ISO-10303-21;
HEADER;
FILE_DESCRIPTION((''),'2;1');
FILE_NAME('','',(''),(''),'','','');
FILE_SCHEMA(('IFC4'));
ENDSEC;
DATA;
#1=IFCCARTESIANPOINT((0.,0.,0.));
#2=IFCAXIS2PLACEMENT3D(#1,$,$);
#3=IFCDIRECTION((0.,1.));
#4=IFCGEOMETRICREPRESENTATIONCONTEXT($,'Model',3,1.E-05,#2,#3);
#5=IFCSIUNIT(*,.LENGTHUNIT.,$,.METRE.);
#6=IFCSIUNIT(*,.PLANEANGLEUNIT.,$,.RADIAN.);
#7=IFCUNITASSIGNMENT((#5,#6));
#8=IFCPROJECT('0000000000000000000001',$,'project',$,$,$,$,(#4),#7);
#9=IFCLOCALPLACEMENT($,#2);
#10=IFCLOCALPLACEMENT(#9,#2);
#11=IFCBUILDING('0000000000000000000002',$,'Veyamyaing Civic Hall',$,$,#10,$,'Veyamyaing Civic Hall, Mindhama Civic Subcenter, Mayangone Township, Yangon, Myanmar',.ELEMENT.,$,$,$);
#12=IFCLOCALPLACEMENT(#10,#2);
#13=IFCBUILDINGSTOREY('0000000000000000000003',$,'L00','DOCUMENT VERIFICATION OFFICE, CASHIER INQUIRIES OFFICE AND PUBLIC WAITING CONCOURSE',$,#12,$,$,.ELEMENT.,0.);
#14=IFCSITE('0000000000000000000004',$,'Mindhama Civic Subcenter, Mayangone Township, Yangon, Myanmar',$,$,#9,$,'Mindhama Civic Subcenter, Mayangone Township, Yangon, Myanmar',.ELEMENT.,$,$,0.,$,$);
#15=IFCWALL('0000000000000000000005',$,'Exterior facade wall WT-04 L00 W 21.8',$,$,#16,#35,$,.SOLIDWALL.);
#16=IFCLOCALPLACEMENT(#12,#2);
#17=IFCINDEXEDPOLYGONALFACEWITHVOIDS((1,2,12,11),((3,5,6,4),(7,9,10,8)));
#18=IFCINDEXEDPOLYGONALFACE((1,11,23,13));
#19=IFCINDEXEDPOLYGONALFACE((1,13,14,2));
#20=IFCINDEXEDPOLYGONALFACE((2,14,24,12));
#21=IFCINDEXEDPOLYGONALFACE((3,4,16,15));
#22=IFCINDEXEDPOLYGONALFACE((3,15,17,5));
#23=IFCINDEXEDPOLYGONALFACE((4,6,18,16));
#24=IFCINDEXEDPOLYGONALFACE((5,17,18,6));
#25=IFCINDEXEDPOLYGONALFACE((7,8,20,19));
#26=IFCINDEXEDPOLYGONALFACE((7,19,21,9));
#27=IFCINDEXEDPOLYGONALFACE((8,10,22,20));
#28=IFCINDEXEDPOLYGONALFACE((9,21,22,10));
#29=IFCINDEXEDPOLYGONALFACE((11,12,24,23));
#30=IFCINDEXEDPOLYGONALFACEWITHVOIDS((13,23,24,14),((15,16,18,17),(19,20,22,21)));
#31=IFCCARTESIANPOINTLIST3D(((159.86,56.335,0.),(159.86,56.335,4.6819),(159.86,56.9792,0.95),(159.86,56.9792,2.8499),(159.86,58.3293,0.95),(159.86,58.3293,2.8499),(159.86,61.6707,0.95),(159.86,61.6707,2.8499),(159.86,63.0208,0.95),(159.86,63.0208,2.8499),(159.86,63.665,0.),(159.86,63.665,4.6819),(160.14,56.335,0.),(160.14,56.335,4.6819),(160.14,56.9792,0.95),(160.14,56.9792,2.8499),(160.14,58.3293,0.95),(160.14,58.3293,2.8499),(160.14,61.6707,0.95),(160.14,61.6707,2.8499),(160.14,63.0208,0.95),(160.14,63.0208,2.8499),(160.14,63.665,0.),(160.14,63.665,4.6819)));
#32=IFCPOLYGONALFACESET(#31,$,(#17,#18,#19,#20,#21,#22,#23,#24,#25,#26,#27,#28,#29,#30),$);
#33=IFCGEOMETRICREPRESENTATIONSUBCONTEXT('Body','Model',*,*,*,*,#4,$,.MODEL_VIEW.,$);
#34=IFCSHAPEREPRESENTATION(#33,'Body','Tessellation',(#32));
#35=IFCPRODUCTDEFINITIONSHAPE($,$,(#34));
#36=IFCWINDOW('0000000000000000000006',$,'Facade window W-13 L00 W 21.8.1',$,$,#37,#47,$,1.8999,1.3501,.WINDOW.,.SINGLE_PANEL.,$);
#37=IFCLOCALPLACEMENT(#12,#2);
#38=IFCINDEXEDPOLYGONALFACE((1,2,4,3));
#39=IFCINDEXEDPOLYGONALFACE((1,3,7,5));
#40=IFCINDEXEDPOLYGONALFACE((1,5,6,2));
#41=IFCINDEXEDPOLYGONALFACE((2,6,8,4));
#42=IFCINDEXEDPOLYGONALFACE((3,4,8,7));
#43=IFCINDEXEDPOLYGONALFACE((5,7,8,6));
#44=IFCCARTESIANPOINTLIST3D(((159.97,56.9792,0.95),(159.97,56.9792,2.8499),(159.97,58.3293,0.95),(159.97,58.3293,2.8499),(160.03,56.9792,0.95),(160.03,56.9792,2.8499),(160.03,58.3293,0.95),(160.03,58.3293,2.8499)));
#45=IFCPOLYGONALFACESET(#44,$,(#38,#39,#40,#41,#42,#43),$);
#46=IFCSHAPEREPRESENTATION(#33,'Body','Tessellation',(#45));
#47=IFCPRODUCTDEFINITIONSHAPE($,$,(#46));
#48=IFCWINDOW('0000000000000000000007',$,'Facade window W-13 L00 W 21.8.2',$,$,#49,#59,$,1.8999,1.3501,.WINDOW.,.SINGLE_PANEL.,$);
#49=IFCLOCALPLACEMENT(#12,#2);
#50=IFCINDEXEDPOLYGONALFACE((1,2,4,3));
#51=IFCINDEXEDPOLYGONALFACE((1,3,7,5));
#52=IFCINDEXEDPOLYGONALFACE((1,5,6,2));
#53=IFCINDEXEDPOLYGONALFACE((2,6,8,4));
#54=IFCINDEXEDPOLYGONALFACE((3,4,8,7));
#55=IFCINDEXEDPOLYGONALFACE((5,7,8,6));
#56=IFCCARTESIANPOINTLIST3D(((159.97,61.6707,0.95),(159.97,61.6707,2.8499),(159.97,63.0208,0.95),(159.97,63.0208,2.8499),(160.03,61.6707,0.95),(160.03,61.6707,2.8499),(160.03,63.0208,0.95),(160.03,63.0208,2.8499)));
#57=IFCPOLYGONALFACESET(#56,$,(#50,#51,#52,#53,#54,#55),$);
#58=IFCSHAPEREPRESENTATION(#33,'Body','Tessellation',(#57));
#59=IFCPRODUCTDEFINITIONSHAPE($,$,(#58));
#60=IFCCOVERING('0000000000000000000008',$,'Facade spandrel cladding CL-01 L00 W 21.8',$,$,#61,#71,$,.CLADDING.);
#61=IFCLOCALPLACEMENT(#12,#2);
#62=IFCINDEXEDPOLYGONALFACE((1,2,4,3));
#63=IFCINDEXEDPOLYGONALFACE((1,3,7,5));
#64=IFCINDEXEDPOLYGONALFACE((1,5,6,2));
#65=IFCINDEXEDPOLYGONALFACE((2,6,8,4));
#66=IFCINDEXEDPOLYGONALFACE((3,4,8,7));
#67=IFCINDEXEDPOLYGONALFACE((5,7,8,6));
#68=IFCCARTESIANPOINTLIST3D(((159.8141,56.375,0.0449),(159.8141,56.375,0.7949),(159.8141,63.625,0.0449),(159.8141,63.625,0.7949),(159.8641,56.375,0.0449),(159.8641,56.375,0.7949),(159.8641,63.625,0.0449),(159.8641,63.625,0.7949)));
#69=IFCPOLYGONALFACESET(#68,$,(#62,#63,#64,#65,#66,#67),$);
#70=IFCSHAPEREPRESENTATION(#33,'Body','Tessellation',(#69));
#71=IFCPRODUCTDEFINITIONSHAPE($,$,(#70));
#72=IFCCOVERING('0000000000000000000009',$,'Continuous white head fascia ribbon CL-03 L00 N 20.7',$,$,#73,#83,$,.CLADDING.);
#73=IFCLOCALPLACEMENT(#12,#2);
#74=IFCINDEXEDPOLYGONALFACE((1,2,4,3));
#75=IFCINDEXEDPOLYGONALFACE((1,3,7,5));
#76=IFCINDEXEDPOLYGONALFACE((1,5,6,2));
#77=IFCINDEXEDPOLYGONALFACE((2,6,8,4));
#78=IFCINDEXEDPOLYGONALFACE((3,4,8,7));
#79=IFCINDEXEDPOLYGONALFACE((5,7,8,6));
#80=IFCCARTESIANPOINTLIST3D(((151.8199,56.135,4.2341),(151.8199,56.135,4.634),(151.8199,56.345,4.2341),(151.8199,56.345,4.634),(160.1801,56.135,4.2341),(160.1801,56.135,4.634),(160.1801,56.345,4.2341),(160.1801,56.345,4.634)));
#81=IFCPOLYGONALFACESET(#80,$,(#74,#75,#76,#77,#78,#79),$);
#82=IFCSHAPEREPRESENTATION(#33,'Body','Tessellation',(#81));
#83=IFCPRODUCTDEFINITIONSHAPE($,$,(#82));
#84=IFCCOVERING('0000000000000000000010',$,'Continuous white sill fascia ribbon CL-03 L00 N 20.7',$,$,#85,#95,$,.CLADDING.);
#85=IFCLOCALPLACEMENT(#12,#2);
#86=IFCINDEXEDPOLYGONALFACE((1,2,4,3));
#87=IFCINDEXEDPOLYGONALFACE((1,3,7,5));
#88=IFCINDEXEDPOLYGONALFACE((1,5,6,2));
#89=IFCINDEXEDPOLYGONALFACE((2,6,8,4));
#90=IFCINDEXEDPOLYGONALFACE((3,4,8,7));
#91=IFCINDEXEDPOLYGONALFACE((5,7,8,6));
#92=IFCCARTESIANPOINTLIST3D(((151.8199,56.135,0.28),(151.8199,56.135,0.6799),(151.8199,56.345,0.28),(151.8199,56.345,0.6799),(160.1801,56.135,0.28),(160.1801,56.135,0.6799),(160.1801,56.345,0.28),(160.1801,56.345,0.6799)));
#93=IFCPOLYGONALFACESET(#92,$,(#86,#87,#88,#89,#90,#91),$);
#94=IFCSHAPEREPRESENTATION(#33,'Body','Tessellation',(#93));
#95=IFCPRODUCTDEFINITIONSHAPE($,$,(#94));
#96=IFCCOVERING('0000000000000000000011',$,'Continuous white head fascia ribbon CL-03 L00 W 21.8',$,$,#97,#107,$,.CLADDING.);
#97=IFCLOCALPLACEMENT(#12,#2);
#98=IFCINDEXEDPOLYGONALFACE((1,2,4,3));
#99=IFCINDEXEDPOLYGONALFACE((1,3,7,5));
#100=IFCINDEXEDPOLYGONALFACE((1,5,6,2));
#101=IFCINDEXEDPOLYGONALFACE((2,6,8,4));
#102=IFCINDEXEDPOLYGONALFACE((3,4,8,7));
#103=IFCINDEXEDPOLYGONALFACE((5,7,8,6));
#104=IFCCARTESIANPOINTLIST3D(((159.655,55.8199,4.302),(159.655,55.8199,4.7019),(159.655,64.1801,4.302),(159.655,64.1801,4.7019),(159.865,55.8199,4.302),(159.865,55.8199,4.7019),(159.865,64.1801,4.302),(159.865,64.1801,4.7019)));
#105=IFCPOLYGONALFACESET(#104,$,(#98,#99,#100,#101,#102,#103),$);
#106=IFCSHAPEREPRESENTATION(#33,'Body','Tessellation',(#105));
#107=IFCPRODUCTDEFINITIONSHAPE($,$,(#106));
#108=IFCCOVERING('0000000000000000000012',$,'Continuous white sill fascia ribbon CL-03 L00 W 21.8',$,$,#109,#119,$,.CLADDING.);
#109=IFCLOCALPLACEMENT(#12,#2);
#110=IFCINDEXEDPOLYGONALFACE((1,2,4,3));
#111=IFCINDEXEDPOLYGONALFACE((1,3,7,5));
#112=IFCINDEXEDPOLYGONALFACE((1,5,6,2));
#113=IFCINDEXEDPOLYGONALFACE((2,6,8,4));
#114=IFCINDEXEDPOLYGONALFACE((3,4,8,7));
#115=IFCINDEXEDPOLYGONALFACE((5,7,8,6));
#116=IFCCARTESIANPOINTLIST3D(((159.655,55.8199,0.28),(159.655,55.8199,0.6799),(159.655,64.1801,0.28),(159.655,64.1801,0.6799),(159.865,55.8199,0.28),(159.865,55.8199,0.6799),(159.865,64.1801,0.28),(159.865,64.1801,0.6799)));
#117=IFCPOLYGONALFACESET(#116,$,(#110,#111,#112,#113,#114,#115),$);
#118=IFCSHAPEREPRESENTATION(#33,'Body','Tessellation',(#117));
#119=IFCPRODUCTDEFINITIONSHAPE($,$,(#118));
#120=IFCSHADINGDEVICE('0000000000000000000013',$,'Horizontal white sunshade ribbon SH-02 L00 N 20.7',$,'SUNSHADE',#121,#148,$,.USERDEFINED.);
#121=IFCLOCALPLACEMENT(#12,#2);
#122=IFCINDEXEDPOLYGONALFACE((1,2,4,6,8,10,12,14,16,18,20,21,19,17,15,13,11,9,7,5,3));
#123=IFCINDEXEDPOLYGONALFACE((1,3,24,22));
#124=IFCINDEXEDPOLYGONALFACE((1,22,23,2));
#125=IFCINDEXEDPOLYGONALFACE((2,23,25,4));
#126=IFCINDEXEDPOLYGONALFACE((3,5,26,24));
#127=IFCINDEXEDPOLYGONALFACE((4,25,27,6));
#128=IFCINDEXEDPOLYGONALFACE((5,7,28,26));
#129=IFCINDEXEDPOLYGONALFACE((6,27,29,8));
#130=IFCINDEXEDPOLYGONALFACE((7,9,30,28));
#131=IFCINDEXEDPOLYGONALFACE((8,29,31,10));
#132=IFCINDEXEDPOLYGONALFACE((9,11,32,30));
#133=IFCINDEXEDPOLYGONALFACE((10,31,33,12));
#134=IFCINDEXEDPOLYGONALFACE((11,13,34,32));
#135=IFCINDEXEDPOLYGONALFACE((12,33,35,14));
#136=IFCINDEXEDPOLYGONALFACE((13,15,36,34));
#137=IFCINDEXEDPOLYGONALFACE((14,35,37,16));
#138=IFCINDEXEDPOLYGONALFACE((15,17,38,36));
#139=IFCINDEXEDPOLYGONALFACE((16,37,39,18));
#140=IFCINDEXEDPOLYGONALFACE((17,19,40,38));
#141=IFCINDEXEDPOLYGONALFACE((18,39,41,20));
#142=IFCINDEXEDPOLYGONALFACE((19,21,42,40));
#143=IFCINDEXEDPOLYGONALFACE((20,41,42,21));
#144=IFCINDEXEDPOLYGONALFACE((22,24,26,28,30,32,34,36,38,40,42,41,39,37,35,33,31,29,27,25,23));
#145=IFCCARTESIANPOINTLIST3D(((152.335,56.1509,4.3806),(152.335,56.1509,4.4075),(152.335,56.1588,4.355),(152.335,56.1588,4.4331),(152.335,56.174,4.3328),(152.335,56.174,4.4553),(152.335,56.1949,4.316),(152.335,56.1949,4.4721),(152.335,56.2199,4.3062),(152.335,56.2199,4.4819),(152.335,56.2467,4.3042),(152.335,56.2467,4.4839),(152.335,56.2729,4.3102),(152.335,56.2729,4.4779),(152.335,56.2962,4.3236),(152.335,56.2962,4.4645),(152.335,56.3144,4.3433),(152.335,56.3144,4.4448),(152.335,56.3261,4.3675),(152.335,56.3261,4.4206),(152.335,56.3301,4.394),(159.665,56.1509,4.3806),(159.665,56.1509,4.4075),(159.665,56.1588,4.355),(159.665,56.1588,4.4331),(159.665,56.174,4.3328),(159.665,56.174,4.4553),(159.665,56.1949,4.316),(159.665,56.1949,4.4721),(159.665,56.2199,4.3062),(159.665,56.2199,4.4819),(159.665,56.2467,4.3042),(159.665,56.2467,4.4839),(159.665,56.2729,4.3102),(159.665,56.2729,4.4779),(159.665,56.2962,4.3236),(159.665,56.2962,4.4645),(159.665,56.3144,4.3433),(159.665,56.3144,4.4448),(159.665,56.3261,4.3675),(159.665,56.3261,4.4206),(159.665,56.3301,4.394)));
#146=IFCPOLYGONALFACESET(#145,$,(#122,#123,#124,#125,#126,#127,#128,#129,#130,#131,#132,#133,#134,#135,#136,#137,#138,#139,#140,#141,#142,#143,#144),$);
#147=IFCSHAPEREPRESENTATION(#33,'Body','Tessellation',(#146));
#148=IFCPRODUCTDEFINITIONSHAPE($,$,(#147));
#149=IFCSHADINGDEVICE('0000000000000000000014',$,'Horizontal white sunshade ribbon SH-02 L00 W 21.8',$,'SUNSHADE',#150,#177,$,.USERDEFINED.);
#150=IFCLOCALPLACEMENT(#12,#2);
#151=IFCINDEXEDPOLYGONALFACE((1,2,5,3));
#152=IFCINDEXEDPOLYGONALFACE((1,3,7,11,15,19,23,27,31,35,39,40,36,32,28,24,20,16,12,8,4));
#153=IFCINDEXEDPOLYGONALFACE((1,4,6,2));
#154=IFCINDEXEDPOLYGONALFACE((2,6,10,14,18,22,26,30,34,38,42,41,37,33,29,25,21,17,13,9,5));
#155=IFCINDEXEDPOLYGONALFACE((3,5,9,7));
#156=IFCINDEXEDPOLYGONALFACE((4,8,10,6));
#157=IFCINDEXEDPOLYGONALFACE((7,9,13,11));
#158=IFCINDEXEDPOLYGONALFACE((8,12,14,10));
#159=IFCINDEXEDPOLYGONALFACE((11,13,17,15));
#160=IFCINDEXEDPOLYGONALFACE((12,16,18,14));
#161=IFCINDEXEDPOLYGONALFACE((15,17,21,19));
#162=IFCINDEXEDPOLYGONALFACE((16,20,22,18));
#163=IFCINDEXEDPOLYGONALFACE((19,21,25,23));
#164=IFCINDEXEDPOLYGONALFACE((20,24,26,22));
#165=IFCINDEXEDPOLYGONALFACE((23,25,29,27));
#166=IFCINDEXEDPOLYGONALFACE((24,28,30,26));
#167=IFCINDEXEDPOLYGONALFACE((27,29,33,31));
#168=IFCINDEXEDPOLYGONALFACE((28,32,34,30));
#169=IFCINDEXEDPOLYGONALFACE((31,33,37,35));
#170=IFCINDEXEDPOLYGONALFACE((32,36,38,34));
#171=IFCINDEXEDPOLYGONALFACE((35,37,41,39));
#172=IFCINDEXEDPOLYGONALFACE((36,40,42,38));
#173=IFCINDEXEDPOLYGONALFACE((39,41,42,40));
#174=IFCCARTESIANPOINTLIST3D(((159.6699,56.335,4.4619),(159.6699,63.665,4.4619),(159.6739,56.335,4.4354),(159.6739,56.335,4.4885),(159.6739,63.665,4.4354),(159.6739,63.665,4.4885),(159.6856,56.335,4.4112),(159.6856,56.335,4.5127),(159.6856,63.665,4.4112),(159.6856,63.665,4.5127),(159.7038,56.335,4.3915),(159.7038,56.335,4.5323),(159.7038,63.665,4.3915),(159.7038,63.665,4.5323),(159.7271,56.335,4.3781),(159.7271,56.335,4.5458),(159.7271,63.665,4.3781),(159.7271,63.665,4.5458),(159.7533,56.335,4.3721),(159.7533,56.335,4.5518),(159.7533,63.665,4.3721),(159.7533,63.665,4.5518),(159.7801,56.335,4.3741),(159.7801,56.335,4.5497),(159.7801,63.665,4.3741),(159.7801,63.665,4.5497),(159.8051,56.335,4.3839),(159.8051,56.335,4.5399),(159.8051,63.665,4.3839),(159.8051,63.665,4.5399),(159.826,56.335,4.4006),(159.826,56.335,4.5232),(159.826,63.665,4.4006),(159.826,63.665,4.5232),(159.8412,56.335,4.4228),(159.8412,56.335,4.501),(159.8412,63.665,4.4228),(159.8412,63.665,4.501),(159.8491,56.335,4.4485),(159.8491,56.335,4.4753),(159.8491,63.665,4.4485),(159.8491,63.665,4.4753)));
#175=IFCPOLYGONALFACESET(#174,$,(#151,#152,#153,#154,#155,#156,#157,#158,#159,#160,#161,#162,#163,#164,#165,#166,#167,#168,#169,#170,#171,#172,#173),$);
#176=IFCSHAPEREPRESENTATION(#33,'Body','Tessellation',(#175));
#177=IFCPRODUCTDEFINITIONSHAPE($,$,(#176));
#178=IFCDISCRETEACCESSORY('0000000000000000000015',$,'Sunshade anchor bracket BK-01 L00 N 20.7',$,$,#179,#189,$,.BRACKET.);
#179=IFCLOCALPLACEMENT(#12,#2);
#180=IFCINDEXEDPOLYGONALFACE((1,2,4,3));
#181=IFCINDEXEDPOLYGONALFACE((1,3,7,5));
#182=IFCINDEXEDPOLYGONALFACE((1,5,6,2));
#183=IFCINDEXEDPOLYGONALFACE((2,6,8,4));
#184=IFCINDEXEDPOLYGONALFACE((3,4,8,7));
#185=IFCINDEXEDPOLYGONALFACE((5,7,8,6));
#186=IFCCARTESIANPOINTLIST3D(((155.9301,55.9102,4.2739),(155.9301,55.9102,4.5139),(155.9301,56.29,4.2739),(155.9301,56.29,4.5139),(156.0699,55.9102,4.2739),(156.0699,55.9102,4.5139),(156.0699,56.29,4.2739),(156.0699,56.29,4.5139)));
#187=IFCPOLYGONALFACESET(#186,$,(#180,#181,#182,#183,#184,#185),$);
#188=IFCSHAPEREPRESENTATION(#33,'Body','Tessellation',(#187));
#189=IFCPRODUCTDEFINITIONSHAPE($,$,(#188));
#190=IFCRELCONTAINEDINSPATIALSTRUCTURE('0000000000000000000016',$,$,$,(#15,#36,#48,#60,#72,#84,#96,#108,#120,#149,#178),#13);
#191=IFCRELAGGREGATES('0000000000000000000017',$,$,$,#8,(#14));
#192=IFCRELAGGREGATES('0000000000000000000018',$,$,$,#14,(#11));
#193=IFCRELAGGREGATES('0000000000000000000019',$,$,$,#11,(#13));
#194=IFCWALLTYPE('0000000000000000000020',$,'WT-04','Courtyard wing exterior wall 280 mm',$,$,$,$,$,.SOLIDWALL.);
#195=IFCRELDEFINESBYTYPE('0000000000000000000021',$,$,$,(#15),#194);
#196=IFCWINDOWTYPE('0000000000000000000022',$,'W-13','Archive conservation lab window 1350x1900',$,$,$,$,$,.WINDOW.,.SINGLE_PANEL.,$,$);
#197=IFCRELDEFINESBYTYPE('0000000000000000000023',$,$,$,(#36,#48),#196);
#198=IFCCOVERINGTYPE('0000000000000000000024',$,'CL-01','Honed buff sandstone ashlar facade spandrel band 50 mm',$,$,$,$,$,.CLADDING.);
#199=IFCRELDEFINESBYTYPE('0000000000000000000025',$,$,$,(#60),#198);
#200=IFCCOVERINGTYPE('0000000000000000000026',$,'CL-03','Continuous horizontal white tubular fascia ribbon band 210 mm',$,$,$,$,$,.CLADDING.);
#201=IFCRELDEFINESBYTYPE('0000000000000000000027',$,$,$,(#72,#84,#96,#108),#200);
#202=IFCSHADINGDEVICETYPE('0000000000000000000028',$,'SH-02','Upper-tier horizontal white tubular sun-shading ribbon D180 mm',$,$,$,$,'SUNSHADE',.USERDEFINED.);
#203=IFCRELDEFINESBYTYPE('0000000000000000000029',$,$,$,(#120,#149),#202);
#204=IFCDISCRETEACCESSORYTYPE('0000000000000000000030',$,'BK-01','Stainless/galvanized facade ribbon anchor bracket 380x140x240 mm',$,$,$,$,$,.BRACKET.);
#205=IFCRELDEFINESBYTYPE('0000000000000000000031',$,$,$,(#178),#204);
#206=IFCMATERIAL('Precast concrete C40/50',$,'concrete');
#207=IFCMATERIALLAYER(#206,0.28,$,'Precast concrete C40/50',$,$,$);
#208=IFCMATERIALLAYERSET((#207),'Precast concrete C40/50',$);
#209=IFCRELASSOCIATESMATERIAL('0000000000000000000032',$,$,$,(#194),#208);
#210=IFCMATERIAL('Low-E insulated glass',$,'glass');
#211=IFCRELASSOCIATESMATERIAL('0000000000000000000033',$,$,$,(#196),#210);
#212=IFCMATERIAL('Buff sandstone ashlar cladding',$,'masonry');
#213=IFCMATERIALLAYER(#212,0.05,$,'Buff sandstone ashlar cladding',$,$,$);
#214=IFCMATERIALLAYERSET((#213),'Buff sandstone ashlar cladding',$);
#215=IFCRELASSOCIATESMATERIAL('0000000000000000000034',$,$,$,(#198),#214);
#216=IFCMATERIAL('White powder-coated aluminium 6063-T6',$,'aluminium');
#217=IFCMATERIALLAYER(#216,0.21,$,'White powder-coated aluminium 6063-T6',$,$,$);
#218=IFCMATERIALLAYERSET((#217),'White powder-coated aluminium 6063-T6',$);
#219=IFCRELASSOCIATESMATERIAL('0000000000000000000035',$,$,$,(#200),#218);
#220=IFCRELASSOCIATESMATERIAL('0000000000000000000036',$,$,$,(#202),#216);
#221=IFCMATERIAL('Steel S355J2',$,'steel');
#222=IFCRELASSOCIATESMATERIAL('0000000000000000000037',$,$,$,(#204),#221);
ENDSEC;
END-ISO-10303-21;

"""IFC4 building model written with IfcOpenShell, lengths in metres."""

from ifc_helpers import new_model, si_unit, direction, frame, frame_2d, origin, origin_2d, place, context, subcontext, project, spatial, rectangle, circle, extrude, material, layer, layer_set, material_profile, profile_set, type_object, element, fill, save


model = new_model("IFC4")

# Units and contexts
model_context = context("Model", 3, precision=1e-05, world=origin(), true_north=direction((0.0, 1.0)))
body_context = subcontext(model_context, "Body", "Model", "MODEL_VIEW")
ifc_project = project(units=[si_unit("LENGTHUNIT", "METRE"), si_unit("PLANEANGLEUNIT", "RADIAN")], contexts=[model_context])

# Site, building, storey
site_placement = place(None, origin())
site = spatial("IfcSite", under=ifc_project, at=site_placement, Name="Mindhama Civic Subcenter, Mayangone Township, Yangon, Myanmar", LongName="Mindhama Civic Subcenter, Mayangone Township, Yangon, Myanmar", CompositionType="ELEMENT", RefElevation=0.0)
building_placement = place(site_placement, origin())
building = spatial("IfcBuilding", under=site, at=building_placement, Name="Veyamyaing Civic Hall", LongName="Veyamyaing Civic Hall, Mindhama Civic Subcenter, Mayangone Township, Yangon, Myanmar", CompositionType="ELEMENT")
storey_placement = place(building_placement, origin())
storey = spatial("IfcBuildingStorey", under=building, at=storey_placement, Name="L00", Description="DOCUMENT VERIFICATION OFFICE, CASHIER INQUIRIES OFFICE AND PUBLIC WAITING CONCOURSE", CompositionType="ELEMENT", Elevation=0.0)

# Shared definitions
ifc_material_1 = material(Name="Low-E insulated glass", Category="glass")

# Wall, openings, windows
ifc_material_2 = material(Name="Precast concrete C40/50", Category="concrete")
ifc_layer_1 = layer(ifc_material_2, 0.28, Name="Precast concrete C40/50")
ifc_layer_set_1 = layer_set([ifc_layer_1], Name="Precast concrete C40/50")
wall_type = type_object("IfcWallType", Name="WT-04", Description="Courtyard wing exterior wall 280 mm", PredefinedType="SOLIDWALL", material=ifc_layer_set_1)
wall_placement = place(storey_placement, frame((160.0, 56.335, 0.0), z_axis=(0.0, 0.0, 1.0), x_axis=(0.0, 1.0, 0.0)))
wall = element("IfcWall", 1, at=wall_placement, inside=storey, type_object=wall_type, Name="Exterior facade wall WT-04 L00 W 21.8", PredefinedType="SOLIDWALL", context=body_context, shape_type="SweptSolid", body=[
    extrude(rectangle(XDim=7.3301, YDim=0.28, at=frame_2d((3.665, 0.0))), origin(), (0.0, 0.0, 1.0), 4.6819),
])
opening_1_placement = place(wall_placement, frame((0.6443, 0.0, 0.95)))
opening_1 = element("IfcOpeningElement", 2, at=opening_1_placement, cuts=wall, PredefinedType="OPENING", context=body_context, shape_type="SweptSolid", body=[
    extrude(rectangle(XDim=1.3501, YDim=1.8999, at=frame_2d((0.675, 0.95))), frame((0.0, 0.1499, 0.0), z_axis=(0.0, -1.0, 0.0), x_axis=(1.0, 0.0, 0.0)), (0.0, 0.0, 1.0), 0.3),
])
opening_2_placement = place(wall_placement, frame((5.3357, 0.0, 0.95)))
opening_2 = element("IfcOpeningElement", 3, at=opening_2_placement, cuts=wall, PredefinedType="OPENING", context=body_context, shape_type="SweptSolid", body=[
    extrude(rectangle(XDim=1.3501, YDim=1.8999, at=frame_2d((0.675, 0.95))), frame((0.0, 0.1499, 0.0), z_axis=(0.0, -1.0, 0.0), x_axis=(1.0, 0.0, 0.0)), (0.0, 0.0, 1.0), 0.3),
])
window_type = type_object("IfcWindowType", Name="W-13", Description="Archive conservation lab window 1350x1900", PartitioningType="SINGLE_PANEL", PredefinedType="WINDOW", material=ifc_material_1)
window_1_placement = place(opening_1_placement, origin())
window_1 = element("IfcWindow", 4, at=window_1_placement, inside=storey, type_object=window_type, Name="Facade window W-13 L00 W 21.8.1", OverallHeight=1.8999, OverallWidth=1.3501, PartitioningType="SINGLE_PANEL", PredefinedType="WINDOW", context=body_context, shape_type="SweptSolid", body=[
    extrude(rectangle(XDim=1.3501, YDim=1.8999, at=frame_2d((0.675, 0.95))), frame((0.0, 0.03, 0.0), z_axis=(0.0, -1.0, 0.0), x_axis=(1.0, 0.0, 0.0)), (0.0, 0.0, 1.0), 0.0601),
])
fill(opening_1, window_1)
window_2_placement = place(opening_2_placement, origin())
window_2 = element("IfcWindow", 5, at=window_2_placement, inside=storey, type_object=window_type, Name="Facade window W-13 L00 W 21.8.2", OverallHeight=1.8999, OverallWidth=1.3501, PartitioningType="SINGLE_PANEL", PredefinedType="WINDOW", context=body_context, shape_type="SweptSolid", body=[
    extrude(rectangle(XDim=1.3501, YDim=1.8999, at=frame_2d((0.675, 0.95))), frame((0.0, 0.03, 0.0), z_axis=(0.0, -1.0, 0.0), x_axis=(1.0, 0.0, 0.0)), (0.0, 0.0, 1.0), 0.0601),
])
fill(opening_2, window_2)

# Coverings
ifc_material_3 = material(Name="Buff sandstone ashlar cladding", Category="masonry")
ifc_layer_2 = layer(ifc_material_3, 0.05, Name="Buff sandstone ashlar cladding")
ifc_layer_set_2 = layer_set([ifc_layer_2], Name="Buff sandstone ashlar cladding")
covering_type_1 = type_object("IfcCoveringType", Name="CL-01", Description="Honed buff sandstone ashlar facade spandrel band 50 mm", PredefinedType="CLADDING", material=ifc_layer_set_2)
covering_placement = place(storey_placement, frame((159.8391, 60.0, 0.0449), z_axis=(0.0, 0.0, 1.0), x_axis=(0.0, 1.0, 0.0)))
element("IfcCovering", 6, at=covering_placement, inside=storey, type_object=covering_type_1, Name="Facade spandrel cladding CL-01 L00 W 21.8", PredefinedType="CLADDING", context=body_context, shape_type="SweptSolid", body=[
    extrude(rectangle(XDim=7.25, YDim=0.05, at=origin_2d()), origin(), (0.0, 0.0, 1.0), 0.75),
])
ifc_material_4 = material(Name="White powder-coated aluminium 6063-T6", Category="aluminium")
ifc_layer_3 = layer(ifc_material_4, 0.21, Name="White powder-coated aluminium 6063-T6")
ifc_layer_set_3 = layer_set([ifc_layer_3], Name="White powder-coated aluminium 6063-T6")
covering_type_2 = type_object("IfcCoveringType", Name="CL-03", Description="Continuous horizontal white tubular fascia ribbon band 210 mm", PredefinedType="CLADDING", material=ifc_layer_set_3)
for number, where, z_axis, x_axis, name in (
    (7, (156.0, 56.24, 4.2341), (0.0, 0.0, 1.0), (1.0, 0.0, 0.0), "Continuous white head fascia ribbon CL-03 L00 N 20.7"),
    (8, (156.0, 56.24, 0.28), (0.0, 0.0, 1.0), (1.0, 0.0, 0.0), "Continuous white sill fascia ribbon CL-03 L00 N 20.7"),
    (9, (159.76, 60.0, 4.302), (0.0, 0.0, 1.0), (0.0, 1.0, 0.0), "Continuous white head fascia ribbon CL-03 L00 W 21.8"),
    (10, (159.76, 60.0, 0.28), (0.0, 0.0, 1.0), (0.0, 1.0, 0.0), "Continuous white sill fascia ribbon CL-03 L00 W 21.8"),
):
    element("IfcCovering", number, at=place(storey_placement, frame(where, z_axis=z_axis, x_axis=x_axis)), inside=storey, type_object=covering_type_2, Name=name, PredefinedType="CLADDING", context=body_context, shape_type="SweptSolid", body=[
        extrude(rectangle(XDim=8.3601, YDim=0.21, at=origin_2d()), origin(), (0.0, 0.0, 1.0), 0.3999),
    ])

# Shading devices
ifc_material_profile_1 = material_profile(ifc_material_4, circle(Radius=0.0901, at=origin_2d()), Name="SHADE-TUBE-180")
ifc_profile_set_1 = profile_set([ifc_material_profile_1], Name="White powder-coated aluminium 6063-T6")
shading_device_type = type_object("IfcShadingDeviceType", Name="SH-02", Description="Upper-tier horizontal white tubular sun-shading ribbon D180 mm", ElementType="SUNSHADE", PredefinedType="USERDEFINED", material=ifc_profile_set_1)
for number, where, z_axis, x_axis, name in (
    (11, (152.335, 56.24, 4.394), (1.0, 0.0, 0.0), (0.0, 1.0, 0.0), "Horizontal white sunshade ribbon SH-02 L00 N 20.7"),
    (12, (159.76, 56.335, 4.4619), (0.0, 1.0, 0.0), (-1.0, 0.0, 0.0), "Horizontal white sunshade ribbon SH-02 L00 W 21.8"),
):
    element("IfcShadingDevice", number, at=place(storey_placement, frame(where, z_axis=z_axis, x_axis=x_axis)), inside=storey, type_object=shading_device_type, Name=name, ObjectType="SUNSHADE", PredefinedType="USERDEFINED", context=body_context, shape_type="SweptSolid", body=[
        extrude(circle(Radius=0.0901, at=origin_2d()), origin(), (0.0, 0.0, 1.0), 7.3301),
    ])

# Discrete accessory
ifc_material_5 = material(Name="Steel S355J2", Category="steel")
discrete_accessory_type = type_object("IfcDiscreteAccessoryType", Name="BK-01", Description="Stainless/galvanized facade ribbon anchor bracket 380x140x240 mm", PredefinedType="BRACKET", material=ifc_material_5)
for number, where, z_axis, x_axis, name in (
    (13, (156.0, 56.1001, 4.2739), (0.0, 0.0, 1.0), (0.0, 1.0, 0.0), "Sunshade anchor bracket BK-01 L00 N 20.7"),
):
    element("IfcDiscreteAccessory", number, at=place(storey_placement, frame(where, z_axis=z_axis, x_axis=x_axis)), inside=storey, type_object=discrete_accessory_type, Name=name, PredefinedType="BRACKET", context=body_context, shape_type="SweptSolid", body=[
        extrude(rectangle(XDim=0.3799, YDim=0.1399, at=origin_2d()), origin(), (0.0, 0.0, 1.0), 0.24),
    ])

save(model, "model.ifc")
